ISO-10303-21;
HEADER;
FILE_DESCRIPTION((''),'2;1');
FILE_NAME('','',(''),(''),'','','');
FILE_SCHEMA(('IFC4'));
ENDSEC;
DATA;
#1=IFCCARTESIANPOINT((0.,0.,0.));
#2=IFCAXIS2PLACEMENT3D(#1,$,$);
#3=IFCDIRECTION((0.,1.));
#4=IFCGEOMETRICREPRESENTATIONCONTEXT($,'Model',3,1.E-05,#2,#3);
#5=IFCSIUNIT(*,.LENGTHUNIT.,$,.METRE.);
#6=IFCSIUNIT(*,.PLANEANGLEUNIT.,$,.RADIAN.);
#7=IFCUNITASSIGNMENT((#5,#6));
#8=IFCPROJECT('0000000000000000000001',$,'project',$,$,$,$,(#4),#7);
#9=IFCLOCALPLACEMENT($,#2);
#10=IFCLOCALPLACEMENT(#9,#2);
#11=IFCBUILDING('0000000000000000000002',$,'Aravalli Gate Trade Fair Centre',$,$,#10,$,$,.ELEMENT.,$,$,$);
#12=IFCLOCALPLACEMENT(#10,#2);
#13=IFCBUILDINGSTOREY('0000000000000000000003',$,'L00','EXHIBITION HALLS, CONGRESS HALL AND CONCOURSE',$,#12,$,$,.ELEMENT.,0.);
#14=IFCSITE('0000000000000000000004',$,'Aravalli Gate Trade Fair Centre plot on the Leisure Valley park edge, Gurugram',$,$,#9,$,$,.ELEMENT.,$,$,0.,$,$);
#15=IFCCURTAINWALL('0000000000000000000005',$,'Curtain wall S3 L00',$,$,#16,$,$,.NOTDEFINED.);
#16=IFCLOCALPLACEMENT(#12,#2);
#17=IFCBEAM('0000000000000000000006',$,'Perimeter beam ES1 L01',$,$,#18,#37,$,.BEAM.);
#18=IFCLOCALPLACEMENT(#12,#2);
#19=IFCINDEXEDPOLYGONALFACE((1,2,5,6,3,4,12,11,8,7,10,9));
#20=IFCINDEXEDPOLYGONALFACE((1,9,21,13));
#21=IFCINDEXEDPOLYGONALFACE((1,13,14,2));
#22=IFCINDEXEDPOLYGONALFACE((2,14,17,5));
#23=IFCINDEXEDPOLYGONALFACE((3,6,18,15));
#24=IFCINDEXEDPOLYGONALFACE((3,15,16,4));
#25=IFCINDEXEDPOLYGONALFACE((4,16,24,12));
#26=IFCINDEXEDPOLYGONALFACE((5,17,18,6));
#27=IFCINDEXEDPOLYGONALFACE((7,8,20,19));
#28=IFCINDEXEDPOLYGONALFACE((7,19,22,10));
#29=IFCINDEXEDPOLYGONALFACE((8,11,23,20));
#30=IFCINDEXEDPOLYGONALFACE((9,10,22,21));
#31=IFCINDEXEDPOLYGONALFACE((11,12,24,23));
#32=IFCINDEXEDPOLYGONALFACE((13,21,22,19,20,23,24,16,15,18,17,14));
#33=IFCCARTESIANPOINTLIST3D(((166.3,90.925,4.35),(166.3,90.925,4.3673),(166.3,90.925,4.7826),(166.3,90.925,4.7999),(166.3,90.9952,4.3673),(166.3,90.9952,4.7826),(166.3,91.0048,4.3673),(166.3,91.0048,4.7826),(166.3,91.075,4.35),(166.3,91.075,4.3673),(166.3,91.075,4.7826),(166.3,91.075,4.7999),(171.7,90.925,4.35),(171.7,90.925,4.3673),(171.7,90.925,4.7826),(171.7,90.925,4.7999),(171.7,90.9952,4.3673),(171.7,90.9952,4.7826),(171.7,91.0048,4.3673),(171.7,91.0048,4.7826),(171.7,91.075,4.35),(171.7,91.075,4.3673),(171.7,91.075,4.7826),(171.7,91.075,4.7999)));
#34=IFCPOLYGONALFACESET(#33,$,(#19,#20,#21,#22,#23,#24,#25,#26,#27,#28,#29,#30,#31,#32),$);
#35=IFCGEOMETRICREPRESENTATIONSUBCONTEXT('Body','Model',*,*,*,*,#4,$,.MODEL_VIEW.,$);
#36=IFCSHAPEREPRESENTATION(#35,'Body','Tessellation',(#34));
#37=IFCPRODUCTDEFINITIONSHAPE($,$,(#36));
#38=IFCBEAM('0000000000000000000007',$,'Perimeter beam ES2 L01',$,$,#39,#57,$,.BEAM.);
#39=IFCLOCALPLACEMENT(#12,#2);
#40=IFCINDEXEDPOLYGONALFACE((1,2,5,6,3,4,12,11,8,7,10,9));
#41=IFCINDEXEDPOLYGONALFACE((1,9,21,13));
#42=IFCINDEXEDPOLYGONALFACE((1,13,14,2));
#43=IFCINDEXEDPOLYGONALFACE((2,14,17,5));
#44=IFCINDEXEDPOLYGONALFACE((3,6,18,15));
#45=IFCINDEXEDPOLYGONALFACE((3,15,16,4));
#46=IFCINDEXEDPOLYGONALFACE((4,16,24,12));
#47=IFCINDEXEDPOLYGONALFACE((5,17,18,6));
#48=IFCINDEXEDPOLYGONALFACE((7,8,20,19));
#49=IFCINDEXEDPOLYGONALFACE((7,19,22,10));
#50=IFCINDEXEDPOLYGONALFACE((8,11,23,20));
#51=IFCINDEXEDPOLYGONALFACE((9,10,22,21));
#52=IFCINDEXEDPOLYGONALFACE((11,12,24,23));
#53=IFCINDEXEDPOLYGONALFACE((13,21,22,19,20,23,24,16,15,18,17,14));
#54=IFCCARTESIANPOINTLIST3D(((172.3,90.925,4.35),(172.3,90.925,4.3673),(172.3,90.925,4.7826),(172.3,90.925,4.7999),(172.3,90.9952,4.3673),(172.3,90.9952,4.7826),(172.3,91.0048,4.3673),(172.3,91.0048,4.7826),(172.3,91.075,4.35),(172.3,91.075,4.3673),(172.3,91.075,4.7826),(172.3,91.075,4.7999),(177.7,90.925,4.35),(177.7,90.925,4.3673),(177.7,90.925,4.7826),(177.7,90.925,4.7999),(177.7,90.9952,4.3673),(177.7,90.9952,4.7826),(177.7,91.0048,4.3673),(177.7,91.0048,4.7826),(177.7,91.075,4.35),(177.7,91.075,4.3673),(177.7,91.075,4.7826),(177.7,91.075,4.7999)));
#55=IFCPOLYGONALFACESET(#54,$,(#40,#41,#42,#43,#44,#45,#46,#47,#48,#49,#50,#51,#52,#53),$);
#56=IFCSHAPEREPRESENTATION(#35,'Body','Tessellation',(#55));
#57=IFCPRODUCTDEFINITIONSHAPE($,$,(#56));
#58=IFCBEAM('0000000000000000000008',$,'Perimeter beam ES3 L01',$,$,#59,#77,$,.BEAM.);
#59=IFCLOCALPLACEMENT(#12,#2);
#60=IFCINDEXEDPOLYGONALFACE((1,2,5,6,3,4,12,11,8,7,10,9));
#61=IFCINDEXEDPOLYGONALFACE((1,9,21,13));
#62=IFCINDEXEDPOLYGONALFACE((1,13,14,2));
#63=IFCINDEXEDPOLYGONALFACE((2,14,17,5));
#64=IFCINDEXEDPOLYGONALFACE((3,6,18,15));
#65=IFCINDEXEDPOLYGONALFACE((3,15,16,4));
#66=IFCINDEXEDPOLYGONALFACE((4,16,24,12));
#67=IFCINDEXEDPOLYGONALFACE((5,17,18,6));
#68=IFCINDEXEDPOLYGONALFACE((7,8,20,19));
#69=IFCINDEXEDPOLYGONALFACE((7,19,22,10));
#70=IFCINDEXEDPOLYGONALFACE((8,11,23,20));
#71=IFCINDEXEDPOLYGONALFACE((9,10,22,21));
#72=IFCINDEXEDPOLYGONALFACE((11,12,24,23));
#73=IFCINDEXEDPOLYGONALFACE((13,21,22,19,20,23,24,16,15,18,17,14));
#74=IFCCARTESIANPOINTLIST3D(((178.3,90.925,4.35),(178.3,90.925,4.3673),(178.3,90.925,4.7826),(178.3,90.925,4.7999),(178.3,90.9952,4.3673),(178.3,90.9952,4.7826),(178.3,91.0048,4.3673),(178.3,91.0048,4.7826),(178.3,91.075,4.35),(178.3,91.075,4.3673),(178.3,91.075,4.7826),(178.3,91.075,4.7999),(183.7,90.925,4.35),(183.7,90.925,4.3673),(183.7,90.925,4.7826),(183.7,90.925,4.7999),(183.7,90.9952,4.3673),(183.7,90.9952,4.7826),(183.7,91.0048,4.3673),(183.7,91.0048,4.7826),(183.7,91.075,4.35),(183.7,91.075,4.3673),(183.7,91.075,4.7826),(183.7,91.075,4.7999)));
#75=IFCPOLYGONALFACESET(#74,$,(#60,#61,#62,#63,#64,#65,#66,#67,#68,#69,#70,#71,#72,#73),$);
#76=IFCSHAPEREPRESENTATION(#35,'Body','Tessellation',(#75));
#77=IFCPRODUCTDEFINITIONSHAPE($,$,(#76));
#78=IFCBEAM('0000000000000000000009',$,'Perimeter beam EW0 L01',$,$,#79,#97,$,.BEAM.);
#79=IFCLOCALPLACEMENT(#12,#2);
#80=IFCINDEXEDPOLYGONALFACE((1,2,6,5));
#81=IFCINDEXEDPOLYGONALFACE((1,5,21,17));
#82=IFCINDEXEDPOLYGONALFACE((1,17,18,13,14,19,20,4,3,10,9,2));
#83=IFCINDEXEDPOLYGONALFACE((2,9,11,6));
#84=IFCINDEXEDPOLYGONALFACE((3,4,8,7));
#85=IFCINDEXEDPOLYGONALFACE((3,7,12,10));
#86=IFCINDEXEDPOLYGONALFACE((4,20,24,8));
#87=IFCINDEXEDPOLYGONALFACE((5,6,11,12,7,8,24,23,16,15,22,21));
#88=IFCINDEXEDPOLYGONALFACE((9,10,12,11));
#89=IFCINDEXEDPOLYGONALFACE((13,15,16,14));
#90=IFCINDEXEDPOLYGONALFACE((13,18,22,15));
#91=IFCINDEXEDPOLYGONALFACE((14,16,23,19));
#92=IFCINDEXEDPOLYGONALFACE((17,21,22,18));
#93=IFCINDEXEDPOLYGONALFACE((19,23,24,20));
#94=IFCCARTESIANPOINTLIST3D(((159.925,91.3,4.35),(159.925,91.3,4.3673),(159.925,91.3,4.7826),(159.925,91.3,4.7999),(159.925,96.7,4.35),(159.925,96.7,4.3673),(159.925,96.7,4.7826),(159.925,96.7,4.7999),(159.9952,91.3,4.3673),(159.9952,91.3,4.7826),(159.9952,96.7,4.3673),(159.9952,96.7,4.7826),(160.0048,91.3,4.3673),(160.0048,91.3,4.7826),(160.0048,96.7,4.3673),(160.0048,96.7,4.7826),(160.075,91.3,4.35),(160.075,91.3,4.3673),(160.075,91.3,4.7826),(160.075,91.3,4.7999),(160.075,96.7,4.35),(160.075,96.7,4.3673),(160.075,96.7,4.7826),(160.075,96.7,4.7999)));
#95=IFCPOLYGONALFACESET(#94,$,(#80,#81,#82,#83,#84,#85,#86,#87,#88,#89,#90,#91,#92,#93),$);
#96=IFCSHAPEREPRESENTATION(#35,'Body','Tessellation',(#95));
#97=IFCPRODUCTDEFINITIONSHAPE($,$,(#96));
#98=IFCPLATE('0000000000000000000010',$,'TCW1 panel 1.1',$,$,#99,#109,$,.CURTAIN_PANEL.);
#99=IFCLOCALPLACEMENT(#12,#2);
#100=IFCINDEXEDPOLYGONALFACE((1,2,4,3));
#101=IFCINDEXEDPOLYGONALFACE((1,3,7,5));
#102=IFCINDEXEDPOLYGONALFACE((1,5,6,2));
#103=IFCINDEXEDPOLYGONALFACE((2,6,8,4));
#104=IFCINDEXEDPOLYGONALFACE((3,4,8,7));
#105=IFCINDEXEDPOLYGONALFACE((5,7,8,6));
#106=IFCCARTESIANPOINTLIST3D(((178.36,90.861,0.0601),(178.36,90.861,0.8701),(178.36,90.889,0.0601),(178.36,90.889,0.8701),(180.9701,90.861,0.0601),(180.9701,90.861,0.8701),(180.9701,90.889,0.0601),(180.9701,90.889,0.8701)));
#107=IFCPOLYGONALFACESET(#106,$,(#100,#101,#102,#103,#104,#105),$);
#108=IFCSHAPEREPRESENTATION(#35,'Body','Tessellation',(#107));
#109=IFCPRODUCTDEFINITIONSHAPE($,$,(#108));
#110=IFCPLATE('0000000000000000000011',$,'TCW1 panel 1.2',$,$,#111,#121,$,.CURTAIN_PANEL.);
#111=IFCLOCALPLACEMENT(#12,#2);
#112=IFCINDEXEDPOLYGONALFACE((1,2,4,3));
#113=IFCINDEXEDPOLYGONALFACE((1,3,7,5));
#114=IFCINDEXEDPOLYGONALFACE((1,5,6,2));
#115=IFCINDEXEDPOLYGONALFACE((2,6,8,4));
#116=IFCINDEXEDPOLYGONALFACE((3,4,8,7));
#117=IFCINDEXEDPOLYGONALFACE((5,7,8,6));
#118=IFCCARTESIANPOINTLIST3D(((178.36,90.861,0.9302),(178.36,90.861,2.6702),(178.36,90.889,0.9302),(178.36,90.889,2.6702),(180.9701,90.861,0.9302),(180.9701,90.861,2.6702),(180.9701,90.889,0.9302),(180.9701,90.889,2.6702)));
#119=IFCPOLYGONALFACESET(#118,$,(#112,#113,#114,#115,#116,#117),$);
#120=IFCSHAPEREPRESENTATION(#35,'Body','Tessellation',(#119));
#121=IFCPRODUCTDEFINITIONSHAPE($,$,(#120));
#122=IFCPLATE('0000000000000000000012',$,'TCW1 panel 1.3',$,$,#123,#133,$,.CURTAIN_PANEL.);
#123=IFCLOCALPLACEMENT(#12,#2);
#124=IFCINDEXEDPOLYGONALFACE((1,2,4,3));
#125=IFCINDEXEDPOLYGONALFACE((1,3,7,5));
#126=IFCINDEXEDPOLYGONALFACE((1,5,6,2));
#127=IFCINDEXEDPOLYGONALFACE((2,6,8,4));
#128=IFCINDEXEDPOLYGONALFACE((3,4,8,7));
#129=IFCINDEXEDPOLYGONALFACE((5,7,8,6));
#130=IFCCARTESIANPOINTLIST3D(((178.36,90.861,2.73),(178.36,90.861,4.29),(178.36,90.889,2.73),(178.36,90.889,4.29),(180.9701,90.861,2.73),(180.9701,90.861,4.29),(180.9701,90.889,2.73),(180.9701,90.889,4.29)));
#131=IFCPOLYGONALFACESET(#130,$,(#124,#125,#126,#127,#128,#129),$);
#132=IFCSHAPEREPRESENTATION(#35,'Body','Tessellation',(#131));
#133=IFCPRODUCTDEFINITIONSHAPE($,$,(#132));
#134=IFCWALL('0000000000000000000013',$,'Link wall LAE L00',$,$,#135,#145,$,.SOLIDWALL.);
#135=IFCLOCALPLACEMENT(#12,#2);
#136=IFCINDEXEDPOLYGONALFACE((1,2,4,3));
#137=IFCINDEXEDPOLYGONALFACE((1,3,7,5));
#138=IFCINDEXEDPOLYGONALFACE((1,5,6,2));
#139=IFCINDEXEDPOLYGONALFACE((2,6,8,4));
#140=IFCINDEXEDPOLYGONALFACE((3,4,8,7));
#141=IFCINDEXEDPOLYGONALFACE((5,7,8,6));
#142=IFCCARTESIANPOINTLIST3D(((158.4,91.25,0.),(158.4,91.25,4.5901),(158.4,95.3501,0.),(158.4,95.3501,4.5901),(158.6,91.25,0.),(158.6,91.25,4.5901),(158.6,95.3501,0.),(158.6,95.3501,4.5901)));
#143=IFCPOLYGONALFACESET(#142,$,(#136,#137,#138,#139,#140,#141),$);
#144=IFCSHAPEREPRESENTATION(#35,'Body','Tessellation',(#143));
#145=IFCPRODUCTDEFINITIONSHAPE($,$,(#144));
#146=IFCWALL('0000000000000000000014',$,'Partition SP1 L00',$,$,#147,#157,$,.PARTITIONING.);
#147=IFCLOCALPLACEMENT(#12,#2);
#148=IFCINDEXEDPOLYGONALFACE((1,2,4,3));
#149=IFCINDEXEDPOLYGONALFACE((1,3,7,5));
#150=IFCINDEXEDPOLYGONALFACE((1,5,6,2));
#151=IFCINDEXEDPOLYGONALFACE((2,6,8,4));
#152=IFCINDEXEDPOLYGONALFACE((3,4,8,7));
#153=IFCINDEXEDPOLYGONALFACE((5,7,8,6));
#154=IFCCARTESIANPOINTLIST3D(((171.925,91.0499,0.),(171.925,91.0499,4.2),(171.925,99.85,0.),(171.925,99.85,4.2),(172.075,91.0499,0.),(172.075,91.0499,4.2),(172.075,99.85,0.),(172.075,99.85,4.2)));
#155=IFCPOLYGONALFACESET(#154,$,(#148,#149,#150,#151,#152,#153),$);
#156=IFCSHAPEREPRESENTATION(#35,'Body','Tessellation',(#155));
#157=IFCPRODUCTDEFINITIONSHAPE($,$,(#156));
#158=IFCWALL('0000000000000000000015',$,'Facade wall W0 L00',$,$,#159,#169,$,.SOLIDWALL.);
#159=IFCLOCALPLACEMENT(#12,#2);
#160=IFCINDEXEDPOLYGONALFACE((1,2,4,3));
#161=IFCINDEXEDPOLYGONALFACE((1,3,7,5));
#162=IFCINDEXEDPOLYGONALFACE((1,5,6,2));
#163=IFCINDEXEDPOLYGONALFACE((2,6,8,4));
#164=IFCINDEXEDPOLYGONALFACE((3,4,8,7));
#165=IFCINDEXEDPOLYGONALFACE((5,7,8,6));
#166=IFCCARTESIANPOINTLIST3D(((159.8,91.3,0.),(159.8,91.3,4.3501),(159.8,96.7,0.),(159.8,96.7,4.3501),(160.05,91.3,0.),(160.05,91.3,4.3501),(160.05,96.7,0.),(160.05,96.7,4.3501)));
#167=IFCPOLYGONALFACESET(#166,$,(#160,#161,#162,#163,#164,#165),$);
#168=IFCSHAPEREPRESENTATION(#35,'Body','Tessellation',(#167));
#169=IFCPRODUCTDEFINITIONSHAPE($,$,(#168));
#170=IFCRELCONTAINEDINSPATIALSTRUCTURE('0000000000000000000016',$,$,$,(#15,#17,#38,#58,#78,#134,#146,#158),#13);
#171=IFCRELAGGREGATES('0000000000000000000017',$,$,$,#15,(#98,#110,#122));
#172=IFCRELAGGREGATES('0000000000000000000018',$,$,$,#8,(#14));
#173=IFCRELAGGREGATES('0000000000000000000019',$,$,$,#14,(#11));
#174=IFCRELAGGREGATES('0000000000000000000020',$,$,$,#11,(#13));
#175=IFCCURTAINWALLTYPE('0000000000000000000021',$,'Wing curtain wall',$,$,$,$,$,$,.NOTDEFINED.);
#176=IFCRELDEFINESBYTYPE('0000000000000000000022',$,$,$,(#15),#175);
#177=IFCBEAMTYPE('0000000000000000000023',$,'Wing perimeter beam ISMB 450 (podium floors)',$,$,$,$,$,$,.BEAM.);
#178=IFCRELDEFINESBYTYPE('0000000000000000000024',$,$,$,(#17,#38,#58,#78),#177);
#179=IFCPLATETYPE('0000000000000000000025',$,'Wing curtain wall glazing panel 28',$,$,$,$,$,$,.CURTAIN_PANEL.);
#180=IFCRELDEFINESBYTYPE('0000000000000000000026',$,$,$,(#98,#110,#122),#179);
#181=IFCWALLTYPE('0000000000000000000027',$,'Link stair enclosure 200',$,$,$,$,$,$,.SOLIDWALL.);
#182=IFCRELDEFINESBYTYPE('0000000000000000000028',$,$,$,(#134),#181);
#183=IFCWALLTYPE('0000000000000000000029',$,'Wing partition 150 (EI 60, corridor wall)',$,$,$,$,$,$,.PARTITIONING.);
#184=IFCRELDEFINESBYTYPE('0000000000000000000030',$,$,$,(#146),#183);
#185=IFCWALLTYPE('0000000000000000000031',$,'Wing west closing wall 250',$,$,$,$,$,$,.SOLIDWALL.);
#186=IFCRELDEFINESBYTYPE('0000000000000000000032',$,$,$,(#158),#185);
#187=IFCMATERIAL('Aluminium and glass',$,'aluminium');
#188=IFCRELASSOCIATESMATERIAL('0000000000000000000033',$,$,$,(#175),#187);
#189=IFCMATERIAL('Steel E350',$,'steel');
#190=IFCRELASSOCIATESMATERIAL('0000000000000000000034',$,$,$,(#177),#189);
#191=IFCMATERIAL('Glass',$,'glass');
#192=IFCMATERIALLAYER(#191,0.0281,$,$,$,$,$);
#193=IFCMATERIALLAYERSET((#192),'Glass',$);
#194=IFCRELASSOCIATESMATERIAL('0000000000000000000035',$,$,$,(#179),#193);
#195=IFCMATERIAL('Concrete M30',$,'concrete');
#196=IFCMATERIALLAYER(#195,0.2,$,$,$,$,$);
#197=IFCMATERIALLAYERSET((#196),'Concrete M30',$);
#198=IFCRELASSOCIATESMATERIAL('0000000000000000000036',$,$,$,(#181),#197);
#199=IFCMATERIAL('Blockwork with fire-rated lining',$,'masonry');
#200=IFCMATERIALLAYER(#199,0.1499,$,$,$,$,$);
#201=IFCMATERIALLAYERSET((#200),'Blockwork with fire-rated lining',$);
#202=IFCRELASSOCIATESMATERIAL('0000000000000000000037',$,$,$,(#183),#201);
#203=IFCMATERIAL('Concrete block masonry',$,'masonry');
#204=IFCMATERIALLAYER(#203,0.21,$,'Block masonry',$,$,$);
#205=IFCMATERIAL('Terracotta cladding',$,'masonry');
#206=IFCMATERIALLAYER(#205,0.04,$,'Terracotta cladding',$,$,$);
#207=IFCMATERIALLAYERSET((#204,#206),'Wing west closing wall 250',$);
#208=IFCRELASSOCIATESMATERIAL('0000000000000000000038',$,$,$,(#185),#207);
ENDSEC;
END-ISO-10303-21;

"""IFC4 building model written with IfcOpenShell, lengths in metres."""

from ifc_helpers import new_model, si_unit, direction, frame, frame_2d, origin, origin_2d, place, context, subcontext, project, spatial, rectangle, i_section, extrude, material, layer, layer_set, material_profile, profile_set, type_object, element, aggregate, save


model = new_model("IFC4")

# Units and contexts
model_context = context("Model", 3, precision=1e-05, world=origin(), true_north=direction((0.0, 1.0)))
body_context = subcontext(model_context, "Body", "Model", "MODEL_VIEW")
ifc_project = project(units=[si_unit("LENGTHUNIT", "METRE"), si_unit("PLANEANGLEUNIT", "RADIAN")], contexts=[model_context])

# Site, building, storey
site_placement = place(None, origin())
site = spatial("IfcSite", under=ifc_project, at=site_placement, Name="Aravalli Gate Trade Fair Centre plot on the Leisure Valley park edge, Gurugram", CompositionType="ELEMENT", RefElevation=0.0)
building_placement = place(site_placement, origin())
building = spatial("IfcBuilding", under=site, at=building_placement, Name="Aravalli Gate Trade Fair Centre", CompositionType="ELEMENT")
storey_placement = place(building_placement, origin())
storey = spatial("IfcBuildingStorey", under=building, at=storey_placement, Name="L00", Description="EXHIBITION HALLS, CONGRESS HALL AND CONCOURSE", CompositionType="ELEMENT", Elevation=0.0)

# Shared definitions
ifc_material_1 = material(Name="Steel E350", Category="steel")

# Curtain wall
ifc_material_2 = material(Name="Aluminium and glass", Category="aluminium")
curtain_wall_type = type_object("IfcCurtainWallType", Name="Wing curtain wall", PredefinedType="NOTDEFINED", material=ifc_material_2)
curtain_wall_placement = place(storey_placement, origin())
curtain_wall = element("IfcCurtainWall", 1, at=curtain_wall_placement, inside=storey, type_object=curtain_wall_type, Name="Curtain wall S3 L00", PredefinedType="NOTDEFINED")

# Beams
ifc_material_profile_1 = material_profile(ifc_material_1, i_section(OverallWidth=0.1499, OverallDepth=0.45, WebThickness=0.0095, FlangeThickness=0.0173, at=origin_2d()), Name="ISMB 450")
ifc_profile_set_1 = profile_set([ifc_material_profile_1], Name="Steel E350")
beam_type_1 = type_object("IfcBeamType", Name="Wing perimeter beam ISMB 450 (podium floors)", PredefinedType="BEAM", material=ifc_profile_set_1)
for number, where, z_axis, x_axis, name in (
    (2, (166.3, 91.0, 4.575), (1.0, 0.0, 0.0), (0.0, 1.0, 0.0), "Perimeter beam ES1 L01"),
    (3, (172.3, 91.0, 4.575), (1.0, 0.0, 0.0), (0.0, 1.0, 0.0), "Perimeter beam ES2 L01"),
    (4, (178.3, 91.0, 4.575), (1.0, 0.0, 0.0), (0.0, 1.0, 0.0), "Perimeter beam ES3 L01"),
    (5, (160.0, 91.3, 4.575), (0.0, 1.0, 0.0), (-1.0, 0.0, 0.0), "Perimeter beam EW0 L01"),
):
    element("IfcBeam", number, at=place(storey_placement, frame(where, z_axis=z_axis, x_axis=x_axis)), inside=storey, type_object=beam_type_1, Name=name, PredefinedType="BEAM", context=body_context, shape_type="SweptSolid", body=[
        extrude(i_section(OverallWidth=0.1499, OverallDepth=0.45, WebThickness=0.0095, FlangeThickness=0.0173, at=origin_2d()), origin(), (0.0, 0.0, 1.0), 5.3999),
    ])

# Plates
ifc_material_3 = material(Name="Glass", Category="glass")
ifc_layer_1 = layer(ifc_material_3, 0.0281)
ifc_layer_set_1 = layer_set([ifc_layer_1], Name="Glass")
plate_type = type_object("IfcPlateType", Name="Wing curtain wall glazing panel 28", PredefinedType="CURTAIN_PANEL", material=ifc_layer_set_1)
plate_1_placement = place(storey_placement, frame((179.665, 90.875, 0.0601), z_axis=(0.0, 0.0, 1.0), x_axis=(1.0, 0.0, 0.0)))
plate_1 = element("IfcPlate", 6, at=plate_1_placement, type_object=plate_type, Name="TCW1 panel 1.1", PredefinedType="CURTAIN_PANEL", context=body_context, shape_type="SweptSolid", body=[
    extrude(rectangle(XDim=2.6101, YDim=0.0281, at=origin_2d()), origin(), (0.0, 0.0, 1.0), 0.8101),
])
plate_2_placement = place(storey_placement, frame((179.665, 90.875, 0.9302), z_axis=(0.0, 0.0, 1.0), x_axis=(1.0, 0.0, 0.0)))
plate_2 = element("IfcPlate", 7, at=plate_2_placement, type_object=plate_type, Name="TCW1 panel 1.2", PredefinedType="CURTAIN_PANEL", context=body_context, shape_type="SweptSolid", body=[
    extrude(rectangle(XDim=2.6101, YDim=0.0281, at=origin_2d()), origin(), (0.0, 0.0, 1.0), 1.74),
])
plate_3_placement = place(storey_placement, frame((179.665, 90.875, 2.73), z_axis=(0.0, 0.0, 1.0), x_axis=(1.0, 0.0, 0.0)))
plate_3 = element("IfcPlate", 8, at=plate_3_placement, type_object=plate_type, Name="TCW1 panel 1.3", PredefinedType="CURTAIN_PANEL", context=body_context, shape_type="SweptSolid", body=[
    extrude(rectangle(XDim=2.6101, YDim=0.0281, at=origin_2d()), origin(), (0.0, 0.0, 1.0), 1.5601),
])
aggregate(curtain_wall, [plate_1, plate_2, plate_3])

# Walls
ifc_material_4 = material(Name="Concrete M30", Category="concrete")
ifc_layer_2 = layer(ifc_material_4, 0.2)
ifc_layer_set_2 = layer_set([ifc_layer_2], Name="Concrete M30")
wall_type_1 = type_object("IfcWallType", Name="Link stair enclosure 200", PredefinedType="SOLIDWALL", material=ifc_layer_set_2)
wall_1_placement = place(storey_placement, frame((158.5, 91.25, 0.0), z_axis=(0.0, 0.0, 1.0), x_axis=(0.0, 1.0, 0.0)))
element("IfcWall", 9, at=wall_1_placement, inside=storey, type_object=wall_type_1, Name="Link wall LAE L00", PredefinedType="SOLIDWALL", context=body_context, shape_type="SweptSolid", body=[
    extrude(rectangle(XDim=4.1001, YDim=0.2, at=frame_2d((2.05, 0.0))), origin(), (0.0, 0.0, 1.0), 4.5901),
])
ifc_material_5 = material(Name="Blockwork with fire-rated lining", Category="masonry")
ifc_layer_3 = layer(ifc_material_5, 0.1499)
ifc_layer_set_3 = layer_set([ifc_layer_3], Name="Blockwork with fire-rated lining")
wall_type_2 = type_object("IfcWallType", Name="Wing partition 150 (EI 60, corridor wall)", PredefinedType="PARTITIONING", material=ifc_layer_set_3)
wall_2_placement = place(storey_placement, frame((172.0, 91.05, 0.0), z_axis=(0.0, 0.0, 1.0), x_axis=(0.0, 1.0, 0.0)))
element("IfcWall", 10, at=wall_2_placement, inside=storey, type_object=wall_type_2, Name="Partition SP1 L00", PredefinedType="PARTITIONING", context=body_context, shape_type="SweptSolid", body=[
    extrude(rectangle(XDim=8.8, YDim=0.1499, at=frame_2d((4.3999, 0.0))), origin(), (0.0, 0.0, 1.0), 4.2),
])
ifc_material_6 = material(Name="Concrete block masonry", Category="masonry")
ifc_layer_4 = layer(ifc_material_6, 0.21, Name="Block masonry")
ifc_material_7 = material(Name="Terracotta cladding", Category="masonry")
ifc_layer_5 = layer(ifc_material_7, 0.04, Name="Terracotta cladding")
ifc_layer_set_4 = layer_set([ifc_layer_4, ifc_layer_5], Name="Wing west closing wall 250")
wall_type_3 = type_object("IfcWallType", Name="Wing west closing wall 250", PredefinedType="SOLIDWALL", material=ifc_layer_set_4)
wall_3_placement = place(storey_placement, frame((159.925, 91.3, 0.0), z_axis=(0.0, 0.0, 1.0), x_axis=(0.0, 1.0, 0.0)))
element("IfcWall", 11, at=wall_3_placement, inside=storey, type_object=wall_type_3, Name="Facade wall W0 L00", PredefinedType="SOLIDWALL", context=body_context, shape_type="SweptSolid", body=[
    extrude(rectangle(XDim=5.3999, YDim=0.25, at=frame_2d((2.7, 0.0))), origin(), (0.0, 0.0, 1.0), 4.3501),
])

save(model, "model.ifc")
